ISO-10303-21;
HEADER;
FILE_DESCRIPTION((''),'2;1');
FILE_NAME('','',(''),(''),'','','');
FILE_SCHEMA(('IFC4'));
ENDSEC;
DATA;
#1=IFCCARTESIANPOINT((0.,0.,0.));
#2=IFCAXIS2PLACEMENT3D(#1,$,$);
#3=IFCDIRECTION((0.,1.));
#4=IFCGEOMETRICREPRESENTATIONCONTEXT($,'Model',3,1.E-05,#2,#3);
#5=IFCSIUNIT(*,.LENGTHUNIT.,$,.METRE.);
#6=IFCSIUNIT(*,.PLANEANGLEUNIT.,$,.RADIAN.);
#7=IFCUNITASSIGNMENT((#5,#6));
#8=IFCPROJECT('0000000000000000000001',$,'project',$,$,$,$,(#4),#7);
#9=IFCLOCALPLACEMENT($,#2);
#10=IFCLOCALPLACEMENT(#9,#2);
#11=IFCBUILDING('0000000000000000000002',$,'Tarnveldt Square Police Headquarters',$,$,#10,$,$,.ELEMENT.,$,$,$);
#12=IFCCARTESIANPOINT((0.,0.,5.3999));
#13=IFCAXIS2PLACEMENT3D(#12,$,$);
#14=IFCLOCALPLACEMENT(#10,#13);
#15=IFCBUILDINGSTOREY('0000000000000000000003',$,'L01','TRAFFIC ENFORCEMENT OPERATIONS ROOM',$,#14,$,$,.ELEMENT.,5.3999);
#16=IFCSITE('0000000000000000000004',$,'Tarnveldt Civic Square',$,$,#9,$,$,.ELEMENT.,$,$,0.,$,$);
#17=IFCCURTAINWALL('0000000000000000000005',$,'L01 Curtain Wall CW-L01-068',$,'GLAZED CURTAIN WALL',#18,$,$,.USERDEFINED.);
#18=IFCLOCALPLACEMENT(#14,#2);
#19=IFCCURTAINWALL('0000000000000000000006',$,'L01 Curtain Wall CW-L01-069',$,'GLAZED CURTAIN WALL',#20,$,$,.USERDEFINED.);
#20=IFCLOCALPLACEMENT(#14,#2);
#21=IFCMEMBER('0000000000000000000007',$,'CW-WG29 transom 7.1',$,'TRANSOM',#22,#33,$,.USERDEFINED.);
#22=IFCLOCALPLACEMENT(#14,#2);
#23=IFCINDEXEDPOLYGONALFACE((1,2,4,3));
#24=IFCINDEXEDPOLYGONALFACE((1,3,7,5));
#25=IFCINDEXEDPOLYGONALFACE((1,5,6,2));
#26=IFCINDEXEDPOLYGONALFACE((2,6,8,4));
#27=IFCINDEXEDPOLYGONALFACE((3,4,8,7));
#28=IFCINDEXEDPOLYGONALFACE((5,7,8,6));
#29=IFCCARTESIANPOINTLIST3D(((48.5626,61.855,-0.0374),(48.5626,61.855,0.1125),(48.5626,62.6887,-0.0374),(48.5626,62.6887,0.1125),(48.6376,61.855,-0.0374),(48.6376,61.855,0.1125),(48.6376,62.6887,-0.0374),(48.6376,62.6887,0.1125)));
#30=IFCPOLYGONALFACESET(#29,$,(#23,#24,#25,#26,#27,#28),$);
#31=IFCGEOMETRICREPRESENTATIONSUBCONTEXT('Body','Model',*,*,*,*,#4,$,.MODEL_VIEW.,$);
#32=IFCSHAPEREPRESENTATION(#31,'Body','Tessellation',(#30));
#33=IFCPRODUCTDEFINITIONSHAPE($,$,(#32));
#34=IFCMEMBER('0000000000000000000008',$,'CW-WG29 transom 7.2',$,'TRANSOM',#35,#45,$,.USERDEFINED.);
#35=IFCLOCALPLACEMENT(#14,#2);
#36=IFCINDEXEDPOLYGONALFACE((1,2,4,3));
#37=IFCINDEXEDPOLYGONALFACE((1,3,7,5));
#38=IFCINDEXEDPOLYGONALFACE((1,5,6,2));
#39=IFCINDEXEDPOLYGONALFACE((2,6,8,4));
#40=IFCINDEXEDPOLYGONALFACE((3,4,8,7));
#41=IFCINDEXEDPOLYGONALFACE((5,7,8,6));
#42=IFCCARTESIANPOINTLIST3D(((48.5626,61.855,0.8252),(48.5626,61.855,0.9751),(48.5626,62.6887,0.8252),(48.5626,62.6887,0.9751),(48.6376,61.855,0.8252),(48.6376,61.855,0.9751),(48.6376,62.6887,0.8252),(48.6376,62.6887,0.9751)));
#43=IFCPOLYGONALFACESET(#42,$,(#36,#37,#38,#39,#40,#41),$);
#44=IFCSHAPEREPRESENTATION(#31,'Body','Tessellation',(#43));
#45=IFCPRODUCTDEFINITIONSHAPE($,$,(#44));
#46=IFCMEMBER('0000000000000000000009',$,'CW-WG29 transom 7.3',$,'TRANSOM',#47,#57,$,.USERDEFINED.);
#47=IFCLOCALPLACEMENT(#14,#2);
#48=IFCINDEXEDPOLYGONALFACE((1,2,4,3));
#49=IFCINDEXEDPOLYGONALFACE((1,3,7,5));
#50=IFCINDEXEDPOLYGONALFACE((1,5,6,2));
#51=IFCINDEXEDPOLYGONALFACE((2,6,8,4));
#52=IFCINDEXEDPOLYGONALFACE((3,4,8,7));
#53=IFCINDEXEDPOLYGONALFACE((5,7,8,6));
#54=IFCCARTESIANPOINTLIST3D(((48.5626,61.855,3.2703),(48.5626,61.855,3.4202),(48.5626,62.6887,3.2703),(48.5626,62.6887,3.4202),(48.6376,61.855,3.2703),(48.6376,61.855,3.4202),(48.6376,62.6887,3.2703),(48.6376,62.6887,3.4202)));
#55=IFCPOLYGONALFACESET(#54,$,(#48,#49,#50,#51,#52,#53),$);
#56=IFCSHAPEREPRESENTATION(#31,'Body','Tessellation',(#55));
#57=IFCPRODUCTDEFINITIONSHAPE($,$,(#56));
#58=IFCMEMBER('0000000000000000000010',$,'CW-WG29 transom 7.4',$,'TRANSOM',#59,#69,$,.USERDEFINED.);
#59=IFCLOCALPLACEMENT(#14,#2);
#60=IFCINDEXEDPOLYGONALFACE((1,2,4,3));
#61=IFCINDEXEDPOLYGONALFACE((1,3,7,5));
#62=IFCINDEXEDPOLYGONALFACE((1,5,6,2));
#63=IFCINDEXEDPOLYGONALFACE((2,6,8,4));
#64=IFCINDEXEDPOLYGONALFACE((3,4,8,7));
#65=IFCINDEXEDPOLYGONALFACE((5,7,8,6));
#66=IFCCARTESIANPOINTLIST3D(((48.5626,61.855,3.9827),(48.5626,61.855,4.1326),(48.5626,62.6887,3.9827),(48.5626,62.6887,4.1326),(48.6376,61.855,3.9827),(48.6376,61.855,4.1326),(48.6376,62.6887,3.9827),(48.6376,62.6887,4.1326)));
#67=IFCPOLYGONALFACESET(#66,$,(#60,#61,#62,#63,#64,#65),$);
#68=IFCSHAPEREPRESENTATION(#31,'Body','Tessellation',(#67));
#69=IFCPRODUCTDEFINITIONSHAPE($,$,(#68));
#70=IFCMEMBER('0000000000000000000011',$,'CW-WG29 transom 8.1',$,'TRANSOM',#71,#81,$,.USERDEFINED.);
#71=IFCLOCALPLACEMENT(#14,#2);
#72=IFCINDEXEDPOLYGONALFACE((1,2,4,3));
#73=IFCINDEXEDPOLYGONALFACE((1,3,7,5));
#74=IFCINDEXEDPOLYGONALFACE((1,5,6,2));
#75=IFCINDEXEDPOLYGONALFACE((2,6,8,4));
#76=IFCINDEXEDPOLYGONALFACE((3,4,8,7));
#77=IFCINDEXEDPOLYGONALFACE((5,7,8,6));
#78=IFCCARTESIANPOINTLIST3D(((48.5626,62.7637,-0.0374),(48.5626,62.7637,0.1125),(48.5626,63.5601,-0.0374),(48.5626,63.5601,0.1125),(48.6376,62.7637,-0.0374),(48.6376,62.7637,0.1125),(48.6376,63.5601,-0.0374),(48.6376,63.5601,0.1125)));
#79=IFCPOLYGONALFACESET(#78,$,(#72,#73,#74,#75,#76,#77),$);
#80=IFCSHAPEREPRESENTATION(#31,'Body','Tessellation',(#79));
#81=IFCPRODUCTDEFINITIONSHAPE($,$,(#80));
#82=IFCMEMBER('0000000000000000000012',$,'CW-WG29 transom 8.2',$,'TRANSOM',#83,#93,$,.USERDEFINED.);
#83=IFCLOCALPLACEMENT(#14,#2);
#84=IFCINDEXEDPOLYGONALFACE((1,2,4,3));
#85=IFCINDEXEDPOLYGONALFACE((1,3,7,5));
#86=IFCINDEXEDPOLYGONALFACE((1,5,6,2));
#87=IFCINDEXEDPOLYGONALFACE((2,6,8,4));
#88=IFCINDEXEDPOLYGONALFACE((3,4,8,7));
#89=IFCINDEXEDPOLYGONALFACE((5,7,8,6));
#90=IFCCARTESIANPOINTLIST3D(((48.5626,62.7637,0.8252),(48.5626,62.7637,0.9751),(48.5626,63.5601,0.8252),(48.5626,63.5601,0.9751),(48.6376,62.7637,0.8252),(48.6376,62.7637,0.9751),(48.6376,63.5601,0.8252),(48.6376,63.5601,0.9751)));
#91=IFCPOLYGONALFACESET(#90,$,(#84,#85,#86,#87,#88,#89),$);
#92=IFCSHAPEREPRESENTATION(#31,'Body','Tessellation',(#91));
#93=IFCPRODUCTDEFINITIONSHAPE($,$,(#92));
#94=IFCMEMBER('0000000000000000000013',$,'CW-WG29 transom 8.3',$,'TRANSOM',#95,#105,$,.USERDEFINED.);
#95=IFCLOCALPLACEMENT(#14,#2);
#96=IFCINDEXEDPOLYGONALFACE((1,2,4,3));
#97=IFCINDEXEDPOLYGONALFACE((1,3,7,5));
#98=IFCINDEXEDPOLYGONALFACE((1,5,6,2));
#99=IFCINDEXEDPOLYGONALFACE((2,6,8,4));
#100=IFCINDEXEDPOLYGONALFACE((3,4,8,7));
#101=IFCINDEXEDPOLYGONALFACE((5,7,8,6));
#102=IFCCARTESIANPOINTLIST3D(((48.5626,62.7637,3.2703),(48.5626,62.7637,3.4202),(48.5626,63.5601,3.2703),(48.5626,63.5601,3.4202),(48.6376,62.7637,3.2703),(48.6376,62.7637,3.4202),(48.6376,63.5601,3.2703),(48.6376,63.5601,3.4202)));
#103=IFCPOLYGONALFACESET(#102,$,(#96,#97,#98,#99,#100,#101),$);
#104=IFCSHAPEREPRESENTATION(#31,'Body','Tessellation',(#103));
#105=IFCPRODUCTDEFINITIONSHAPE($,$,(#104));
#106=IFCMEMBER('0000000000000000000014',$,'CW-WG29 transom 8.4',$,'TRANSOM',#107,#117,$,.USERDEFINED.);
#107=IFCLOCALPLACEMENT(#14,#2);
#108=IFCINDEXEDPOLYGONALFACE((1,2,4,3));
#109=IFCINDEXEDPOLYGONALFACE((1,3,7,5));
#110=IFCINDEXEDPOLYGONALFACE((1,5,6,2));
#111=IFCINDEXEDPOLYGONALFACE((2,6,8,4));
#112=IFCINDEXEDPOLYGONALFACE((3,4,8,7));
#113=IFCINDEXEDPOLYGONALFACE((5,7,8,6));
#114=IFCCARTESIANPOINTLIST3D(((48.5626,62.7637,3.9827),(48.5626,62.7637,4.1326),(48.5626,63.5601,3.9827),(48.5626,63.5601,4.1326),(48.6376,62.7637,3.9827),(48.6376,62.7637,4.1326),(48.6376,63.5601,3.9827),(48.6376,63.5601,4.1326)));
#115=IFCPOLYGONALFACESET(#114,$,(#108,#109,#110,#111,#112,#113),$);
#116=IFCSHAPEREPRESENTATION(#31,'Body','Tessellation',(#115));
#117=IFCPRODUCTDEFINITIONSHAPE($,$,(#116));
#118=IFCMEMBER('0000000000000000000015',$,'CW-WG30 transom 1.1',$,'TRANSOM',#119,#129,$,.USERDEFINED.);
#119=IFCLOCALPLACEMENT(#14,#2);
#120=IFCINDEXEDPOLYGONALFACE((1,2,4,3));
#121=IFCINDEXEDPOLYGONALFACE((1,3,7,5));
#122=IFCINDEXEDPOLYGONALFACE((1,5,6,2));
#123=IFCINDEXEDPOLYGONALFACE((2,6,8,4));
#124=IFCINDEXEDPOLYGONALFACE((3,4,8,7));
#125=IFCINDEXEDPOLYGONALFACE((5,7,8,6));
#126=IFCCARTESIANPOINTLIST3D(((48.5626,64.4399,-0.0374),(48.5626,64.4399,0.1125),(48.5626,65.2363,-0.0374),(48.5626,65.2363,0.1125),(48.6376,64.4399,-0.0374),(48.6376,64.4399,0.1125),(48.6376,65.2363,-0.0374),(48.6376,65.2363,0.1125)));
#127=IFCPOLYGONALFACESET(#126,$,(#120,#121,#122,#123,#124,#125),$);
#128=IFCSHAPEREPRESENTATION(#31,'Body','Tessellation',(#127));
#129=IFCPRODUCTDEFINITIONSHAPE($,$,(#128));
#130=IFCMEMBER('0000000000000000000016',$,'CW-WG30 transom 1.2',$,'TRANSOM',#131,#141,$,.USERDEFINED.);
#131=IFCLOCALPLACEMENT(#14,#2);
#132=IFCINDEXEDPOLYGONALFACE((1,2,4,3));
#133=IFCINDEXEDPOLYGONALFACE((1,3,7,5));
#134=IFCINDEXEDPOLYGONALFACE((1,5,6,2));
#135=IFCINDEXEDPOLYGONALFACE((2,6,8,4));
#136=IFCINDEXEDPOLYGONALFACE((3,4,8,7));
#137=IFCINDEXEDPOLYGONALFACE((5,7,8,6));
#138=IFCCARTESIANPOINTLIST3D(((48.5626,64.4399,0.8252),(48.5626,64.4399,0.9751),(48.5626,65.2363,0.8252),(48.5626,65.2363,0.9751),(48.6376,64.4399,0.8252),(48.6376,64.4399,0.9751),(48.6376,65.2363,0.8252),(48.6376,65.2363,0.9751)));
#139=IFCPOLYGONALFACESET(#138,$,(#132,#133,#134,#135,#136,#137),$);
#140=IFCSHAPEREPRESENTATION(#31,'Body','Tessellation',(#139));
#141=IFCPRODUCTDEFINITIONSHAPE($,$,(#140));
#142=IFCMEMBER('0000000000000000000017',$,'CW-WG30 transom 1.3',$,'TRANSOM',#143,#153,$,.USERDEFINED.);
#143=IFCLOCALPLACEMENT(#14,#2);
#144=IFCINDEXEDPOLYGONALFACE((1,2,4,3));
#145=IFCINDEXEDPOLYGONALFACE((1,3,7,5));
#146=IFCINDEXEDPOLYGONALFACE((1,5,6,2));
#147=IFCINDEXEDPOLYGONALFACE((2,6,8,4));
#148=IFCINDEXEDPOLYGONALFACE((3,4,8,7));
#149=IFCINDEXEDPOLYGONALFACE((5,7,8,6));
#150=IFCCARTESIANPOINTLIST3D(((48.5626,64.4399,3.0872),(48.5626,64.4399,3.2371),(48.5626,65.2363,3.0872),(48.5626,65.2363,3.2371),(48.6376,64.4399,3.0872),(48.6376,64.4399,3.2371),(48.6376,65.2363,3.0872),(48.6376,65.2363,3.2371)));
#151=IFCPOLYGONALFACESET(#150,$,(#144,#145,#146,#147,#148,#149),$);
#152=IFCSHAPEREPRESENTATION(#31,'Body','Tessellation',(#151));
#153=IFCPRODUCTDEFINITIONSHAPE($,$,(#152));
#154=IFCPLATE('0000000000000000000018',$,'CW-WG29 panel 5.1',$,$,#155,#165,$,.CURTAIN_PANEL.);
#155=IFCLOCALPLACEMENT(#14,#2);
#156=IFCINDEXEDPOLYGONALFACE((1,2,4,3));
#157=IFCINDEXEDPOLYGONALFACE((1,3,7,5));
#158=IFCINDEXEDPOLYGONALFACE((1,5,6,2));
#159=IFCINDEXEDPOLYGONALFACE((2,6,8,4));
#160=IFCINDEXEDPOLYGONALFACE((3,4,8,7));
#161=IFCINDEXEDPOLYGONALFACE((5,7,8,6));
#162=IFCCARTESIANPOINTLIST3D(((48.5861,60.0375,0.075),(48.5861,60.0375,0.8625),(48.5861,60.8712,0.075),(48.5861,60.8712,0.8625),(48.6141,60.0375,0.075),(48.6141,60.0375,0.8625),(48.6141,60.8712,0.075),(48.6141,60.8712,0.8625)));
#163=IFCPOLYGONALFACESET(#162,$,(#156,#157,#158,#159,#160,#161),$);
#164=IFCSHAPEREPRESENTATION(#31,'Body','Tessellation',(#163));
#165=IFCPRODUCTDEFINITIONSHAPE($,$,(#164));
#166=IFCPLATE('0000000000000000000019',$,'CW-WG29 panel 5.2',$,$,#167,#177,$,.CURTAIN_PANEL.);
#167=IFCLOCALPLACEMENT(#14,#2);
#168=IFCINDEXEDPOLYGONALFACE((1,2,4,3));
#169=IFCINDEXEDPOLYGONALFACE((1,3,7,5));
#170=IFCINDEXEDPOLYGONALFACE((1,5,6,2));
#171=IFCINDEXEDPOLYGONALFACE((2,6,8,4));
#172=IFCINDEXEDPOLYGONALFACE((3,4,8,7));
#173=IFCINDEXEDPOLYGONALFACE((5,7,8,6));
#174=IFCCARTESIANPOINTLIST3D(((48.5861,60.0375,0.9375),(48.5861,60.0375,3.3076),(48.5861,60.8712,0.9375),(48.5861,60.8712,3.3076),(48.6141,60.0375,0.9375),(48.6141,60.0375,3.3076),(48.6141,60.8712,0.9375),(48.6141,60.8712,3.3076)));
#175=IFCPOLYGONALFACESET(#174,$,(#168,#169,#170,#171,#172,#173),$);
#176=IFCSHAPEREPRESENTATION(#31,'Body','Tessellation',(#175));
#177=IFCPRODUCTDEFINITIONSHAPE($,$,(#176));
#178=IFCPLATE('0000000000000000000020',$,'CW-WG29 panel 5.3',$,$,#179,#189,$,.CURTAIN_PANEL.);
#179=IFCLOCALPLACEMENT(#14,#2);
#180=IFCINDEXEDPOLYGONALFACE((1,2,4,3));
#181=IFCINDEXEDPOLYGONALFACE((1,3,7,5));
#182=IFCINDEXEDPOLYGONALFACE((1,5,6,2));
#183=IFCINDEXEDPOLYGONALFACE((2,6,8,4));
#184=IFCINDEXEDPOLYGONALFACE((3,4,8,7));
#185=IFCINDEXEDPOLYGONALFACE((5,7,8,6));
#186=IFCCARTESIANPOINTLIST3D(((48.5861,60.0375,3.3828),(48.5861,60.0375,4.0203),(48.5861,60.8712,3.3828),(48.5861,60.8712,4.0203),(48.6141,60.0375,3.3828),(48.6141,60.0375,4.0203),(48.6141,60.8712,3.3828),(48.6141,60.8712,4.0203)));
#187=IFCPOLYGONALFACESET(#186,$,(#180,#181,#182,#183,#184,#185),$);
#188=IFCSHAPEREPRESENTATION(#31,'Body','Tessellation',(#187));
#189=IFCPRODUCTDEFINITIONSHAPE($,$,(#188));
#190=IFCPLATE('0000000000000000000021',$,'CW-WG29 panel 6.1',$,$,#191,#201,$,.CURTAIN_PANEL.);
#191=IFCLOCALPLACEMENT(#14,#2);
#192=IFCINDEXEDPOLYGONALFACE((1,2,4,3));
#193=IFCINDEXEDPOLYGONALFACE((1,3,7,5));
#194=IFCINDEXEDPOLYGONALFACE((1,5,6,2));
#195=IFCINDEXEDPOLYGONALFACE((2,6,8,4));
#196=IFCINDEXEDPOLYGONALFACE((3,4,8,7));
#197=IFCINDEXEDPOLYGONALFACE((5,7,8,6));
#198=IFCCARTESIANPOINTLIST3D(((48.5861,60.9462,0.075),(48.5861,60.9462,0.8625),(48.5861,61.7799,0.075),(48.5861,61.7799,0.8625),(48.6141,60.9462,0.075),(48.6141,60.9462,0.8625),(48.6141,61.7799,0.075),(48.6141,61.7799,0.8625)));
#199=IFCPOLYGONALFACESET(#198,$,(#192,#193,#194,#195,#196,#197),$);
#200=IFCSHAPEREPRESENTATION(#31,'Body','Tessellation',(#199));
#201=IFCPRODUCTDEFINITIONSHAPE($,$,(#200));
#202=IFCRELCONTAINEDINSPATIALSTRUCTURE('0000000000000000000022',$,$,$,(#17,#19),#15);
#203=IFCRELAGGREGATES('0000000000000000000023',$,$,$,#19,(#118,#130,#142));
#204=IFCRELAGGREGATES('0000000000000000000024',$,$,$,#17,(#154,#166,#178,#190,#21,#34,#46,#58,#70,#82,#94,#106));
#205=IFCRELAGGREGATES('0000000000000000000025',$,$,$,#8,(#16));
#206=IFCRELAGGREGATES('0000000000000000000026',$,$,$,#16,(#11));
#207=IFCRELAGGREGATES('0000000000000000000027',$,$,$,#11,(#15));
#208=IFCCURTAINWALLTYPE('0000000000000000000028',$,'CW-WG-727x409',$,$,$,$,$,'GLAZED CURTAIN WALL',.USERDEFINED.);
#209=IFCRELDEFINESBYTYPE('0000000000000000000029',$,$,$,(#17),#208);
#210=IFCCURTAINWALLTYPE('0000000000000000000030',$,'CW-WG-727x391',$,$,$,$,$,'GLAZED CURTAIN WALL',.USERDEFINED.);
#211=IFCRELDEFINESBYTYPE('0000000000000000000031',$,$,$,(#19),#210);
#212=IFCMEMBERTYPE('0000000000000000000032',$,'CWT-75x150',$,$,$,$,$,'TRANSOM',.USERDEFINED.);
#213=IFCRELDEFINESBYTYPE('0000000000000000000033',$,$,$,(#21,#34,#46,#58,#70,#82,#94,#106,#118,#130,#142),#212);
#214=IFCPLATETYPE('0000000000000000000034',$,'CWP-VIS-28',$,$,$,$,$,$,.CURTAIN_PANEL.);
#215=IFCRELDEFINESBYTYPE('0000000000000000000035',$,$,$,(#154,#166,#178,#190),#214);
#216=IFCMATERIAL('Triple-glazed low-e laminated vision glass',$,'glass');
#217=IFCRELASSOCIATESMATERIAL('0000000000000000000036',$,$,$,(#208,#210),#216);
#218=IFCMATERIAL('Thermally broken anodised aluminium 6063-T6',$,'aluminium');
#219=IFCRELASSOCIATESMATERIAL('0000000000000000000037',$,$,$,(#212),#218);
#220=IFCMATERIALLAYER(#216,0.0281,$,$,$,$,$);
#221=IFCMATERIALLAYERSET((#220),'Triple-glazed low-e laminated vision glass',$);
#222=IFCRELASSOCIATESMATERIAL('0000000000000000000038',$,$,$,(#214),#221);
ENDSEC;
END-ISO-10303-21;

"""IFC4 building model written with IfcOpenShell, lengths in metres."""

from ifc_helpers import new_model, si_unit, direction, frame, origin, origin_2d, place, context, subcontext, project, spatial, rectangle, extrude, material, layer, layer_set, material_profile, profile_set, type_object, element, aggregate, save


model = new_model("IFC4")

# Units and contexts
model_context = context("Model", 3, precision=1e-05, world=origin(), true_north=direction((0.0, 1.0)))
body_context = subcontext(model_context, "Body", "Model", "MODEL_VIEW")
ifc_project = project(units=[si_unit("LENGTHUNIT", "METRE"), si_unit("PLANEANGLEUNIT", "RADIAN")], contexts=[model_context])

# Site, building, storey
site_placement = place(None, origin())
site = spatial("IfcSite", under=ifc_project, at=site_placement, Name="Tarnveldt Civic Square", CompositionType="ELEMENT", RefElevation=0.0)
building_placement = place(site_placement, origin())
building = spatial("IfcBuilding", under=site, at=building_placement, Name="Tarnveldt Square Police Headquarters", CompositionType="ELEMENT")
storey_placement = place(building_placement, frame((0.0, 0.0, 5.3999)))
storey = spatial("IfcBuildingStorey", under=building, at=storey_placement, Name="L01", Description="TRAFFIC ENFORCEMENT OPERATIONS ROOM", CompositionType="ELEMENT", Elevation=5.3999)

# Curtain wall
ifc_material_1 = material(Name="Triple-glazed low-e laminated vision glass", Category="glass")
curtain_wall_type_1 = type_object("IfcCurtainWallType", Name="CW-WG-727x409", ElementType="GLAZED CURTAIN WALL", PredefinedType="USERDEFINED", material=ifc_material_1)
curtain_wall_1_placement = place(storey_placement, origin())
curtain_wall_1 = element("IfcCurtainWall", 1, at=curtain_wall_1_placement, inside=storey, type_object=curtain_wall_type_1, Name="L01 Curtain Wall CW-L01-068", ObjectType="GLAZED CURTAIN WALL", PredefinedType="USERDEFINED")
ifc_material_2 = material(Name="Thermally broken anodised aluminium 6063-T6", Category="aluminium")

# Curtain wall
curtain_wall_type_2 = type_object("IfcCurtainWallType", Name="CW-WG-727x391", ElementType="GLAZED CURTAIN WALL", PredefinedType="USERDEFINED", material=ifc_material_1)
curtain_wall_2_placement = place(storey_placement, origin())
curtain_wall_2 = element("IfcCurtainWall", 2, at=curtain_wall_2_placement, inside=storey, type_object=curtain_wall_type_2, Name="L01 Curtain Wall CW-L01-069", ObjectType="GLAZED CURTAIN WALL", PredefinedType="USERDEFINED")

# Members
ifc_material_profile_1 = material_profile(ifc_material_2, rectangle(XDim=0.075, YDim=0.1499, at=origin_2d()), Name="CW-T75x150")
ifc_profile_set_1 = profile_set([ifc_material_profile_1], Name="Thermally broken anodised aluminium 6063-T6")
member_type_1 = type_object("IfcMemberType", Name="CWT-75x150", ElementType="TRANSOM", PredefinedType="USERDEFINED", material=ifc_profile_set_1)
member_1_placement = place(storey_placement, frame((48.6001, 61.855, 0.0376), z_axis=(0.0, 1.0, 0.0), x_axis=(-1.0, 0.0, 0.0)))
member_1 = element("IfcMember", 3, at=member_1_placement, type_object=member_type_1, Name="CW-WG29 transom 7.1", ObjectType="TRANSOM", PredefinedType="USERDEFINED", context=body_context, shape_type="SweptSolid", body=[
    extrude(rectangle(XDim=0.075, YDim=0.1499, at=origin_2d()), origin(), (0.0, 0.0, 1.0), 0.8337),
])
member_2_placement = place(storey_placement, frame((48.6001, 61.855, 0.9001), z_axis=(0.0, 1.0, 0.0), x_axis=(-1.0, 0.0, 0.0)))
member_2 = element("IfcMember", 4, at=member_2_placement, type_object=member_type_1, Name="CW-WG29 transom 7.2", ObjectType="TRANSOM", PredefinedType="USERDEFINED", context=body_context, shape_type="SweptSolid", body=[
    extrude(rectangle(XDim=0.075, YDim=0.1499, at=origin_2d()), origin(), (0.0, 0.0, 1.0), 0.8337),
])
member_3_placement = place(storey_placement, frame((48.6001, 61.855, 3.3452), z_axis=(0.0, 1.0, 0.0), x_axis=(-1.0, 0.0, 0.0)))
member_3 = element("IfcMember", 5, at=member_3_placement, type_object=member_type_1, Name="CW-WG29 transom 7.3", ObjectType="TRANSOM", PredefinedType="USERDEFINED", context=body_context, shape_type="SweptSolid", body=[
    extrude(rectangle(XDim=0.075, YDim=0.1499, at=origin_2d()), origin(), (0.0, 0.0, 1.0), 0.8337),
])
member_4_placement = place(storey_placement, frame((48.6001, 61.855, 4.0576), z_axis=(0.0, 1.0, 0.0), x_axis=(-1.0, 0.0, 0.0)))
member_4 = element("IfcMember", 6, at=member_4_placement, type_object=member_type_1, Name="CW-WG29 transom 7.4", ObjectType="TRANSOM", PredefinedType="USERDEFINED", context=body_context, shape_type="SweptSolid", body=[
    extrude(rectangle(XDim=0.075, YDim=0.1499, at=origin_2d()), origin(), (0.0, 0.0, 1.0), 0.8337),
])
member_5_placement = place(storey_placement, frame((48.6001, 62.7637, 0.0376), z_axis=(0.0, 1.0, 0.0), x_axis=(-1.0, 0.0, 0.0)))
member_5 = element("IfcMember", 7, at=member_5_placement, type_object=member_type_1, Name="CW-WG29 transom 8.1", ObjectType="TRANSOM", PredefinedType="USERDEFINED", context=body_context, shape_type="SweptSolid", body=[
    extrude(rectangle(XDim=0.075, YDim=0.1499, at=origin_2d()), origin(), (0.0, 0.0, 1.0), 0.7964),
])
member_6_placement = place(storey_placement, frame((48.6001, 62.7637, 0.9001), z_axis=(0.0, 1.0, 0.0), x_axis=(-1.0, 0.0, 0.0)))
member_6 = element("IfcMember", 8, at=member_6_placement, type_object=member_type_1, Name="CW-WG29 transom 8.2", ObjectType="TRANSOM", PredefinedType="USERDEFINED", context=body_context, shape_type="SweptSolid", body=[
    extrude(rectangle(XDim=0.075, YDim=0.1499, at=origin_2d()), origin(), (0.0, 0.0, 1.0), 0.7964),
])
member_7_placement = place(storey_placement, frame((48.6001, 62.7637, 3.3452), z_axis=(0.0, 1.0, 0.0), x_axis=(-1.0, 0.0, 0.0)))
member_7 = element("IfcMember", 9, at=member_7_placement, type_object=member_type_1, Name="CW-WG29 transom 8.3", ObjectType="TRANSOM", PredefinedType="USERDEFINED", context=body_context, shape_type="SweptSolid", body=[
    extrude(rectangle(XDim=0.075, YDim=0.1499, at=origin_2d()), origin(), (0.0, 0.0, 1.0), 0.7964),
])
member_8_placement = place(storey_placement, frame((48.6001, 62.7637, 4.0576), z_axis=(0.0, 1.0, 0.0), x_axis=(-1.0, 0.0, 0.0)))
member_8 = element("IfcMember", 10, at=member_8_placement, type_object=member_type_1, Name="CW-WG29 transom 8.4", ObjectType="TRANSOM", PredefinedType="USERDEFINED", context=body_context, shape_type="SweptSolid", body=[
    extrude(rectangle(XDim=0.075, YDim=0.1499, at=origin_2d()), origin(), (0.0, 0.0, 1.0), 0.7964),
])
member_9_placement = place(storey_placement, frame((48.6001, 64.4399, 0.0376), z_axis=(0.0, 1.0, 0.0), x_axis=(-1.0, 0.0, 0.0)))
member_9 = element("IfcMember", 11, at=member_9_placement, type_object=member_type_1, Name="CW-WG30 transom 1.1", ObjectType="TRANSOM", PredefinedType="USERDEFINED", context=body_context, shape_type="SweptSolid", body=[
    extrude(rectangle(XDim=0.075, YDim=0.1499, at=origin_2d()), origin(), (0.0, 0.0, 1.0), 0.7964),
])
member_10_placement = place(storey_placement, frame((48.6001, 64.4399, 0.9001), z_axis=(0.0, 1.0, 0.0), x_axis=(-1.0, 0.0, 0.0)))
member_10 = element("IfcMember", 12, at=member_10_placement, type_object=member_type_1, Name="CW-WG30 transom 1.2", ObjectType="TRANSOM", PredefinedType="USERDEFINED", context=body_context, shape_type="SweptSolid", body=[
    extrude(rectangle(XDim=0.075, YDim=0.1499, at=origin_2d()), origin(), (0.0, 0.0, 1.0), 0.7964),
])
member_11_placement = place(storey_placement, frame((48.6001, 64.4399, 3.1621), z_axis=(0.0, 1.0, 0.0), x_axis=(-1.0, 0.0, 0.0)))
member_11 = element("IfcMember", 13, at=member_11_placement, type_object=member_type_1, Name="CW-WG30 transom 1.3", ObjectType="TRANSOM", PredefinedType="USERDEFINED", context=body_context, shape_type="SweptSolid", body=[
    extrude(rectangle(XDim=0.075, YDim=0.1499, at=origin_2d()), origin(), (0.0, 0.0, 1.0), 0.7964),
])
aggregate(curtain_wall_2, [member_9, member_10, member_11])

# Plates
ifc_layer = layer(ifc_material_1, 0.0281)
ifc_layer_set = layer_set([ifc_layer], Name="Triple-glazed low-e laminated vision glass")
plate_type = type_object("IfcPlateType", Name="CWP-VIS-28", PredefinedType="CURTAIN_PANEL", material=ifc_layer_set)
plate_1_placement = place(storey_placement, frame((48.6001, 60.4543, 0.075), z_axis=(0.0, 0.0, 1.0), x_axis=(0.0, 1.0, 0.0)))
plate_1 = element("IfcPlate", 14, at=plate_1_placement, type_object=plate_type, Name="CW-WG29 panel 5.1", PredefinedType="CURTAIN_PANEL", context=body_context, shape_type="SweptSolid", body=[
    extrude(rectangle(XDim=0.8337, YDim=0.0281, at=origin_2d()), origin(), (0.0, 0.0, 1.0), 0.7876),
])
plate_2_placement = place(storey_placement, frame((48.6001, 60.4543, 0.9375), z_axis=(0.0, 0.0, 1.0), x_axis=(0.0, 1.0, 0.0)))
plate_2 = element("IfcPlate", 15, at=plate_2_placement, type_object=plate_type, Name="CW-WG29 panel 5.2", PredefinedType="CURTAIN_PANEL", context=body_context, shape_type="SweptSolid", body=[
    extrude(rectangle(XDim=0.8337, YDim=0.0281, at=origin_2d()), origin(), (0.0, 0.0, 1.0), 2.3701),
])
plate_3_placement = place(storey_placement, frame((48.6001, 60.4543, 3.3828), z_axis=(0.0, 0.0, 1.0), x_axis=(0.0, 1.0, 0.0)))
plate_3 = element("IfcPlate", 16, at=plate_3_placement, type_object=plate_type, Name="CW-WG29 panel 5.3", PredefinedType="CURTAIN_PANEL", context=body_context, shape_type="SweptSolid", body=[
    extrude(rectangle(XDim=0.8337, YDim=0.0281, at=origin_2d()), origin(), (0.0, 0.0, 1.0), 0.6375),
])
plate_4_placement = place(storey_placement, frame((48.6001, 61.363, 0.075), z_axis=(0.0, 0.0, 1.0), x_axis=(0.0, 1.0, 0.0)))
plate_4 = element("IfcPlate", 17, at=plate_4_placement, type_object=plate_type, Name="CW-WG29 panel 6.1", PredefinedType="CURTAIN_PANEL", context=body_context, shape_type="SweptSolid", body=[
    extrude(rectangle(XDim=0.8337, YDim=0.0281, at=origin_2d()), origin(), (0.0, 0.0, 1.0), 0.7876),
])
aggregate(curtain_wall_1, [plate_1, plate_2, plate_3, plate_4, member_1, member_2, member_3, member_4, member_5, member_6, member_7, member_8])

save(model, "model.ifc")
